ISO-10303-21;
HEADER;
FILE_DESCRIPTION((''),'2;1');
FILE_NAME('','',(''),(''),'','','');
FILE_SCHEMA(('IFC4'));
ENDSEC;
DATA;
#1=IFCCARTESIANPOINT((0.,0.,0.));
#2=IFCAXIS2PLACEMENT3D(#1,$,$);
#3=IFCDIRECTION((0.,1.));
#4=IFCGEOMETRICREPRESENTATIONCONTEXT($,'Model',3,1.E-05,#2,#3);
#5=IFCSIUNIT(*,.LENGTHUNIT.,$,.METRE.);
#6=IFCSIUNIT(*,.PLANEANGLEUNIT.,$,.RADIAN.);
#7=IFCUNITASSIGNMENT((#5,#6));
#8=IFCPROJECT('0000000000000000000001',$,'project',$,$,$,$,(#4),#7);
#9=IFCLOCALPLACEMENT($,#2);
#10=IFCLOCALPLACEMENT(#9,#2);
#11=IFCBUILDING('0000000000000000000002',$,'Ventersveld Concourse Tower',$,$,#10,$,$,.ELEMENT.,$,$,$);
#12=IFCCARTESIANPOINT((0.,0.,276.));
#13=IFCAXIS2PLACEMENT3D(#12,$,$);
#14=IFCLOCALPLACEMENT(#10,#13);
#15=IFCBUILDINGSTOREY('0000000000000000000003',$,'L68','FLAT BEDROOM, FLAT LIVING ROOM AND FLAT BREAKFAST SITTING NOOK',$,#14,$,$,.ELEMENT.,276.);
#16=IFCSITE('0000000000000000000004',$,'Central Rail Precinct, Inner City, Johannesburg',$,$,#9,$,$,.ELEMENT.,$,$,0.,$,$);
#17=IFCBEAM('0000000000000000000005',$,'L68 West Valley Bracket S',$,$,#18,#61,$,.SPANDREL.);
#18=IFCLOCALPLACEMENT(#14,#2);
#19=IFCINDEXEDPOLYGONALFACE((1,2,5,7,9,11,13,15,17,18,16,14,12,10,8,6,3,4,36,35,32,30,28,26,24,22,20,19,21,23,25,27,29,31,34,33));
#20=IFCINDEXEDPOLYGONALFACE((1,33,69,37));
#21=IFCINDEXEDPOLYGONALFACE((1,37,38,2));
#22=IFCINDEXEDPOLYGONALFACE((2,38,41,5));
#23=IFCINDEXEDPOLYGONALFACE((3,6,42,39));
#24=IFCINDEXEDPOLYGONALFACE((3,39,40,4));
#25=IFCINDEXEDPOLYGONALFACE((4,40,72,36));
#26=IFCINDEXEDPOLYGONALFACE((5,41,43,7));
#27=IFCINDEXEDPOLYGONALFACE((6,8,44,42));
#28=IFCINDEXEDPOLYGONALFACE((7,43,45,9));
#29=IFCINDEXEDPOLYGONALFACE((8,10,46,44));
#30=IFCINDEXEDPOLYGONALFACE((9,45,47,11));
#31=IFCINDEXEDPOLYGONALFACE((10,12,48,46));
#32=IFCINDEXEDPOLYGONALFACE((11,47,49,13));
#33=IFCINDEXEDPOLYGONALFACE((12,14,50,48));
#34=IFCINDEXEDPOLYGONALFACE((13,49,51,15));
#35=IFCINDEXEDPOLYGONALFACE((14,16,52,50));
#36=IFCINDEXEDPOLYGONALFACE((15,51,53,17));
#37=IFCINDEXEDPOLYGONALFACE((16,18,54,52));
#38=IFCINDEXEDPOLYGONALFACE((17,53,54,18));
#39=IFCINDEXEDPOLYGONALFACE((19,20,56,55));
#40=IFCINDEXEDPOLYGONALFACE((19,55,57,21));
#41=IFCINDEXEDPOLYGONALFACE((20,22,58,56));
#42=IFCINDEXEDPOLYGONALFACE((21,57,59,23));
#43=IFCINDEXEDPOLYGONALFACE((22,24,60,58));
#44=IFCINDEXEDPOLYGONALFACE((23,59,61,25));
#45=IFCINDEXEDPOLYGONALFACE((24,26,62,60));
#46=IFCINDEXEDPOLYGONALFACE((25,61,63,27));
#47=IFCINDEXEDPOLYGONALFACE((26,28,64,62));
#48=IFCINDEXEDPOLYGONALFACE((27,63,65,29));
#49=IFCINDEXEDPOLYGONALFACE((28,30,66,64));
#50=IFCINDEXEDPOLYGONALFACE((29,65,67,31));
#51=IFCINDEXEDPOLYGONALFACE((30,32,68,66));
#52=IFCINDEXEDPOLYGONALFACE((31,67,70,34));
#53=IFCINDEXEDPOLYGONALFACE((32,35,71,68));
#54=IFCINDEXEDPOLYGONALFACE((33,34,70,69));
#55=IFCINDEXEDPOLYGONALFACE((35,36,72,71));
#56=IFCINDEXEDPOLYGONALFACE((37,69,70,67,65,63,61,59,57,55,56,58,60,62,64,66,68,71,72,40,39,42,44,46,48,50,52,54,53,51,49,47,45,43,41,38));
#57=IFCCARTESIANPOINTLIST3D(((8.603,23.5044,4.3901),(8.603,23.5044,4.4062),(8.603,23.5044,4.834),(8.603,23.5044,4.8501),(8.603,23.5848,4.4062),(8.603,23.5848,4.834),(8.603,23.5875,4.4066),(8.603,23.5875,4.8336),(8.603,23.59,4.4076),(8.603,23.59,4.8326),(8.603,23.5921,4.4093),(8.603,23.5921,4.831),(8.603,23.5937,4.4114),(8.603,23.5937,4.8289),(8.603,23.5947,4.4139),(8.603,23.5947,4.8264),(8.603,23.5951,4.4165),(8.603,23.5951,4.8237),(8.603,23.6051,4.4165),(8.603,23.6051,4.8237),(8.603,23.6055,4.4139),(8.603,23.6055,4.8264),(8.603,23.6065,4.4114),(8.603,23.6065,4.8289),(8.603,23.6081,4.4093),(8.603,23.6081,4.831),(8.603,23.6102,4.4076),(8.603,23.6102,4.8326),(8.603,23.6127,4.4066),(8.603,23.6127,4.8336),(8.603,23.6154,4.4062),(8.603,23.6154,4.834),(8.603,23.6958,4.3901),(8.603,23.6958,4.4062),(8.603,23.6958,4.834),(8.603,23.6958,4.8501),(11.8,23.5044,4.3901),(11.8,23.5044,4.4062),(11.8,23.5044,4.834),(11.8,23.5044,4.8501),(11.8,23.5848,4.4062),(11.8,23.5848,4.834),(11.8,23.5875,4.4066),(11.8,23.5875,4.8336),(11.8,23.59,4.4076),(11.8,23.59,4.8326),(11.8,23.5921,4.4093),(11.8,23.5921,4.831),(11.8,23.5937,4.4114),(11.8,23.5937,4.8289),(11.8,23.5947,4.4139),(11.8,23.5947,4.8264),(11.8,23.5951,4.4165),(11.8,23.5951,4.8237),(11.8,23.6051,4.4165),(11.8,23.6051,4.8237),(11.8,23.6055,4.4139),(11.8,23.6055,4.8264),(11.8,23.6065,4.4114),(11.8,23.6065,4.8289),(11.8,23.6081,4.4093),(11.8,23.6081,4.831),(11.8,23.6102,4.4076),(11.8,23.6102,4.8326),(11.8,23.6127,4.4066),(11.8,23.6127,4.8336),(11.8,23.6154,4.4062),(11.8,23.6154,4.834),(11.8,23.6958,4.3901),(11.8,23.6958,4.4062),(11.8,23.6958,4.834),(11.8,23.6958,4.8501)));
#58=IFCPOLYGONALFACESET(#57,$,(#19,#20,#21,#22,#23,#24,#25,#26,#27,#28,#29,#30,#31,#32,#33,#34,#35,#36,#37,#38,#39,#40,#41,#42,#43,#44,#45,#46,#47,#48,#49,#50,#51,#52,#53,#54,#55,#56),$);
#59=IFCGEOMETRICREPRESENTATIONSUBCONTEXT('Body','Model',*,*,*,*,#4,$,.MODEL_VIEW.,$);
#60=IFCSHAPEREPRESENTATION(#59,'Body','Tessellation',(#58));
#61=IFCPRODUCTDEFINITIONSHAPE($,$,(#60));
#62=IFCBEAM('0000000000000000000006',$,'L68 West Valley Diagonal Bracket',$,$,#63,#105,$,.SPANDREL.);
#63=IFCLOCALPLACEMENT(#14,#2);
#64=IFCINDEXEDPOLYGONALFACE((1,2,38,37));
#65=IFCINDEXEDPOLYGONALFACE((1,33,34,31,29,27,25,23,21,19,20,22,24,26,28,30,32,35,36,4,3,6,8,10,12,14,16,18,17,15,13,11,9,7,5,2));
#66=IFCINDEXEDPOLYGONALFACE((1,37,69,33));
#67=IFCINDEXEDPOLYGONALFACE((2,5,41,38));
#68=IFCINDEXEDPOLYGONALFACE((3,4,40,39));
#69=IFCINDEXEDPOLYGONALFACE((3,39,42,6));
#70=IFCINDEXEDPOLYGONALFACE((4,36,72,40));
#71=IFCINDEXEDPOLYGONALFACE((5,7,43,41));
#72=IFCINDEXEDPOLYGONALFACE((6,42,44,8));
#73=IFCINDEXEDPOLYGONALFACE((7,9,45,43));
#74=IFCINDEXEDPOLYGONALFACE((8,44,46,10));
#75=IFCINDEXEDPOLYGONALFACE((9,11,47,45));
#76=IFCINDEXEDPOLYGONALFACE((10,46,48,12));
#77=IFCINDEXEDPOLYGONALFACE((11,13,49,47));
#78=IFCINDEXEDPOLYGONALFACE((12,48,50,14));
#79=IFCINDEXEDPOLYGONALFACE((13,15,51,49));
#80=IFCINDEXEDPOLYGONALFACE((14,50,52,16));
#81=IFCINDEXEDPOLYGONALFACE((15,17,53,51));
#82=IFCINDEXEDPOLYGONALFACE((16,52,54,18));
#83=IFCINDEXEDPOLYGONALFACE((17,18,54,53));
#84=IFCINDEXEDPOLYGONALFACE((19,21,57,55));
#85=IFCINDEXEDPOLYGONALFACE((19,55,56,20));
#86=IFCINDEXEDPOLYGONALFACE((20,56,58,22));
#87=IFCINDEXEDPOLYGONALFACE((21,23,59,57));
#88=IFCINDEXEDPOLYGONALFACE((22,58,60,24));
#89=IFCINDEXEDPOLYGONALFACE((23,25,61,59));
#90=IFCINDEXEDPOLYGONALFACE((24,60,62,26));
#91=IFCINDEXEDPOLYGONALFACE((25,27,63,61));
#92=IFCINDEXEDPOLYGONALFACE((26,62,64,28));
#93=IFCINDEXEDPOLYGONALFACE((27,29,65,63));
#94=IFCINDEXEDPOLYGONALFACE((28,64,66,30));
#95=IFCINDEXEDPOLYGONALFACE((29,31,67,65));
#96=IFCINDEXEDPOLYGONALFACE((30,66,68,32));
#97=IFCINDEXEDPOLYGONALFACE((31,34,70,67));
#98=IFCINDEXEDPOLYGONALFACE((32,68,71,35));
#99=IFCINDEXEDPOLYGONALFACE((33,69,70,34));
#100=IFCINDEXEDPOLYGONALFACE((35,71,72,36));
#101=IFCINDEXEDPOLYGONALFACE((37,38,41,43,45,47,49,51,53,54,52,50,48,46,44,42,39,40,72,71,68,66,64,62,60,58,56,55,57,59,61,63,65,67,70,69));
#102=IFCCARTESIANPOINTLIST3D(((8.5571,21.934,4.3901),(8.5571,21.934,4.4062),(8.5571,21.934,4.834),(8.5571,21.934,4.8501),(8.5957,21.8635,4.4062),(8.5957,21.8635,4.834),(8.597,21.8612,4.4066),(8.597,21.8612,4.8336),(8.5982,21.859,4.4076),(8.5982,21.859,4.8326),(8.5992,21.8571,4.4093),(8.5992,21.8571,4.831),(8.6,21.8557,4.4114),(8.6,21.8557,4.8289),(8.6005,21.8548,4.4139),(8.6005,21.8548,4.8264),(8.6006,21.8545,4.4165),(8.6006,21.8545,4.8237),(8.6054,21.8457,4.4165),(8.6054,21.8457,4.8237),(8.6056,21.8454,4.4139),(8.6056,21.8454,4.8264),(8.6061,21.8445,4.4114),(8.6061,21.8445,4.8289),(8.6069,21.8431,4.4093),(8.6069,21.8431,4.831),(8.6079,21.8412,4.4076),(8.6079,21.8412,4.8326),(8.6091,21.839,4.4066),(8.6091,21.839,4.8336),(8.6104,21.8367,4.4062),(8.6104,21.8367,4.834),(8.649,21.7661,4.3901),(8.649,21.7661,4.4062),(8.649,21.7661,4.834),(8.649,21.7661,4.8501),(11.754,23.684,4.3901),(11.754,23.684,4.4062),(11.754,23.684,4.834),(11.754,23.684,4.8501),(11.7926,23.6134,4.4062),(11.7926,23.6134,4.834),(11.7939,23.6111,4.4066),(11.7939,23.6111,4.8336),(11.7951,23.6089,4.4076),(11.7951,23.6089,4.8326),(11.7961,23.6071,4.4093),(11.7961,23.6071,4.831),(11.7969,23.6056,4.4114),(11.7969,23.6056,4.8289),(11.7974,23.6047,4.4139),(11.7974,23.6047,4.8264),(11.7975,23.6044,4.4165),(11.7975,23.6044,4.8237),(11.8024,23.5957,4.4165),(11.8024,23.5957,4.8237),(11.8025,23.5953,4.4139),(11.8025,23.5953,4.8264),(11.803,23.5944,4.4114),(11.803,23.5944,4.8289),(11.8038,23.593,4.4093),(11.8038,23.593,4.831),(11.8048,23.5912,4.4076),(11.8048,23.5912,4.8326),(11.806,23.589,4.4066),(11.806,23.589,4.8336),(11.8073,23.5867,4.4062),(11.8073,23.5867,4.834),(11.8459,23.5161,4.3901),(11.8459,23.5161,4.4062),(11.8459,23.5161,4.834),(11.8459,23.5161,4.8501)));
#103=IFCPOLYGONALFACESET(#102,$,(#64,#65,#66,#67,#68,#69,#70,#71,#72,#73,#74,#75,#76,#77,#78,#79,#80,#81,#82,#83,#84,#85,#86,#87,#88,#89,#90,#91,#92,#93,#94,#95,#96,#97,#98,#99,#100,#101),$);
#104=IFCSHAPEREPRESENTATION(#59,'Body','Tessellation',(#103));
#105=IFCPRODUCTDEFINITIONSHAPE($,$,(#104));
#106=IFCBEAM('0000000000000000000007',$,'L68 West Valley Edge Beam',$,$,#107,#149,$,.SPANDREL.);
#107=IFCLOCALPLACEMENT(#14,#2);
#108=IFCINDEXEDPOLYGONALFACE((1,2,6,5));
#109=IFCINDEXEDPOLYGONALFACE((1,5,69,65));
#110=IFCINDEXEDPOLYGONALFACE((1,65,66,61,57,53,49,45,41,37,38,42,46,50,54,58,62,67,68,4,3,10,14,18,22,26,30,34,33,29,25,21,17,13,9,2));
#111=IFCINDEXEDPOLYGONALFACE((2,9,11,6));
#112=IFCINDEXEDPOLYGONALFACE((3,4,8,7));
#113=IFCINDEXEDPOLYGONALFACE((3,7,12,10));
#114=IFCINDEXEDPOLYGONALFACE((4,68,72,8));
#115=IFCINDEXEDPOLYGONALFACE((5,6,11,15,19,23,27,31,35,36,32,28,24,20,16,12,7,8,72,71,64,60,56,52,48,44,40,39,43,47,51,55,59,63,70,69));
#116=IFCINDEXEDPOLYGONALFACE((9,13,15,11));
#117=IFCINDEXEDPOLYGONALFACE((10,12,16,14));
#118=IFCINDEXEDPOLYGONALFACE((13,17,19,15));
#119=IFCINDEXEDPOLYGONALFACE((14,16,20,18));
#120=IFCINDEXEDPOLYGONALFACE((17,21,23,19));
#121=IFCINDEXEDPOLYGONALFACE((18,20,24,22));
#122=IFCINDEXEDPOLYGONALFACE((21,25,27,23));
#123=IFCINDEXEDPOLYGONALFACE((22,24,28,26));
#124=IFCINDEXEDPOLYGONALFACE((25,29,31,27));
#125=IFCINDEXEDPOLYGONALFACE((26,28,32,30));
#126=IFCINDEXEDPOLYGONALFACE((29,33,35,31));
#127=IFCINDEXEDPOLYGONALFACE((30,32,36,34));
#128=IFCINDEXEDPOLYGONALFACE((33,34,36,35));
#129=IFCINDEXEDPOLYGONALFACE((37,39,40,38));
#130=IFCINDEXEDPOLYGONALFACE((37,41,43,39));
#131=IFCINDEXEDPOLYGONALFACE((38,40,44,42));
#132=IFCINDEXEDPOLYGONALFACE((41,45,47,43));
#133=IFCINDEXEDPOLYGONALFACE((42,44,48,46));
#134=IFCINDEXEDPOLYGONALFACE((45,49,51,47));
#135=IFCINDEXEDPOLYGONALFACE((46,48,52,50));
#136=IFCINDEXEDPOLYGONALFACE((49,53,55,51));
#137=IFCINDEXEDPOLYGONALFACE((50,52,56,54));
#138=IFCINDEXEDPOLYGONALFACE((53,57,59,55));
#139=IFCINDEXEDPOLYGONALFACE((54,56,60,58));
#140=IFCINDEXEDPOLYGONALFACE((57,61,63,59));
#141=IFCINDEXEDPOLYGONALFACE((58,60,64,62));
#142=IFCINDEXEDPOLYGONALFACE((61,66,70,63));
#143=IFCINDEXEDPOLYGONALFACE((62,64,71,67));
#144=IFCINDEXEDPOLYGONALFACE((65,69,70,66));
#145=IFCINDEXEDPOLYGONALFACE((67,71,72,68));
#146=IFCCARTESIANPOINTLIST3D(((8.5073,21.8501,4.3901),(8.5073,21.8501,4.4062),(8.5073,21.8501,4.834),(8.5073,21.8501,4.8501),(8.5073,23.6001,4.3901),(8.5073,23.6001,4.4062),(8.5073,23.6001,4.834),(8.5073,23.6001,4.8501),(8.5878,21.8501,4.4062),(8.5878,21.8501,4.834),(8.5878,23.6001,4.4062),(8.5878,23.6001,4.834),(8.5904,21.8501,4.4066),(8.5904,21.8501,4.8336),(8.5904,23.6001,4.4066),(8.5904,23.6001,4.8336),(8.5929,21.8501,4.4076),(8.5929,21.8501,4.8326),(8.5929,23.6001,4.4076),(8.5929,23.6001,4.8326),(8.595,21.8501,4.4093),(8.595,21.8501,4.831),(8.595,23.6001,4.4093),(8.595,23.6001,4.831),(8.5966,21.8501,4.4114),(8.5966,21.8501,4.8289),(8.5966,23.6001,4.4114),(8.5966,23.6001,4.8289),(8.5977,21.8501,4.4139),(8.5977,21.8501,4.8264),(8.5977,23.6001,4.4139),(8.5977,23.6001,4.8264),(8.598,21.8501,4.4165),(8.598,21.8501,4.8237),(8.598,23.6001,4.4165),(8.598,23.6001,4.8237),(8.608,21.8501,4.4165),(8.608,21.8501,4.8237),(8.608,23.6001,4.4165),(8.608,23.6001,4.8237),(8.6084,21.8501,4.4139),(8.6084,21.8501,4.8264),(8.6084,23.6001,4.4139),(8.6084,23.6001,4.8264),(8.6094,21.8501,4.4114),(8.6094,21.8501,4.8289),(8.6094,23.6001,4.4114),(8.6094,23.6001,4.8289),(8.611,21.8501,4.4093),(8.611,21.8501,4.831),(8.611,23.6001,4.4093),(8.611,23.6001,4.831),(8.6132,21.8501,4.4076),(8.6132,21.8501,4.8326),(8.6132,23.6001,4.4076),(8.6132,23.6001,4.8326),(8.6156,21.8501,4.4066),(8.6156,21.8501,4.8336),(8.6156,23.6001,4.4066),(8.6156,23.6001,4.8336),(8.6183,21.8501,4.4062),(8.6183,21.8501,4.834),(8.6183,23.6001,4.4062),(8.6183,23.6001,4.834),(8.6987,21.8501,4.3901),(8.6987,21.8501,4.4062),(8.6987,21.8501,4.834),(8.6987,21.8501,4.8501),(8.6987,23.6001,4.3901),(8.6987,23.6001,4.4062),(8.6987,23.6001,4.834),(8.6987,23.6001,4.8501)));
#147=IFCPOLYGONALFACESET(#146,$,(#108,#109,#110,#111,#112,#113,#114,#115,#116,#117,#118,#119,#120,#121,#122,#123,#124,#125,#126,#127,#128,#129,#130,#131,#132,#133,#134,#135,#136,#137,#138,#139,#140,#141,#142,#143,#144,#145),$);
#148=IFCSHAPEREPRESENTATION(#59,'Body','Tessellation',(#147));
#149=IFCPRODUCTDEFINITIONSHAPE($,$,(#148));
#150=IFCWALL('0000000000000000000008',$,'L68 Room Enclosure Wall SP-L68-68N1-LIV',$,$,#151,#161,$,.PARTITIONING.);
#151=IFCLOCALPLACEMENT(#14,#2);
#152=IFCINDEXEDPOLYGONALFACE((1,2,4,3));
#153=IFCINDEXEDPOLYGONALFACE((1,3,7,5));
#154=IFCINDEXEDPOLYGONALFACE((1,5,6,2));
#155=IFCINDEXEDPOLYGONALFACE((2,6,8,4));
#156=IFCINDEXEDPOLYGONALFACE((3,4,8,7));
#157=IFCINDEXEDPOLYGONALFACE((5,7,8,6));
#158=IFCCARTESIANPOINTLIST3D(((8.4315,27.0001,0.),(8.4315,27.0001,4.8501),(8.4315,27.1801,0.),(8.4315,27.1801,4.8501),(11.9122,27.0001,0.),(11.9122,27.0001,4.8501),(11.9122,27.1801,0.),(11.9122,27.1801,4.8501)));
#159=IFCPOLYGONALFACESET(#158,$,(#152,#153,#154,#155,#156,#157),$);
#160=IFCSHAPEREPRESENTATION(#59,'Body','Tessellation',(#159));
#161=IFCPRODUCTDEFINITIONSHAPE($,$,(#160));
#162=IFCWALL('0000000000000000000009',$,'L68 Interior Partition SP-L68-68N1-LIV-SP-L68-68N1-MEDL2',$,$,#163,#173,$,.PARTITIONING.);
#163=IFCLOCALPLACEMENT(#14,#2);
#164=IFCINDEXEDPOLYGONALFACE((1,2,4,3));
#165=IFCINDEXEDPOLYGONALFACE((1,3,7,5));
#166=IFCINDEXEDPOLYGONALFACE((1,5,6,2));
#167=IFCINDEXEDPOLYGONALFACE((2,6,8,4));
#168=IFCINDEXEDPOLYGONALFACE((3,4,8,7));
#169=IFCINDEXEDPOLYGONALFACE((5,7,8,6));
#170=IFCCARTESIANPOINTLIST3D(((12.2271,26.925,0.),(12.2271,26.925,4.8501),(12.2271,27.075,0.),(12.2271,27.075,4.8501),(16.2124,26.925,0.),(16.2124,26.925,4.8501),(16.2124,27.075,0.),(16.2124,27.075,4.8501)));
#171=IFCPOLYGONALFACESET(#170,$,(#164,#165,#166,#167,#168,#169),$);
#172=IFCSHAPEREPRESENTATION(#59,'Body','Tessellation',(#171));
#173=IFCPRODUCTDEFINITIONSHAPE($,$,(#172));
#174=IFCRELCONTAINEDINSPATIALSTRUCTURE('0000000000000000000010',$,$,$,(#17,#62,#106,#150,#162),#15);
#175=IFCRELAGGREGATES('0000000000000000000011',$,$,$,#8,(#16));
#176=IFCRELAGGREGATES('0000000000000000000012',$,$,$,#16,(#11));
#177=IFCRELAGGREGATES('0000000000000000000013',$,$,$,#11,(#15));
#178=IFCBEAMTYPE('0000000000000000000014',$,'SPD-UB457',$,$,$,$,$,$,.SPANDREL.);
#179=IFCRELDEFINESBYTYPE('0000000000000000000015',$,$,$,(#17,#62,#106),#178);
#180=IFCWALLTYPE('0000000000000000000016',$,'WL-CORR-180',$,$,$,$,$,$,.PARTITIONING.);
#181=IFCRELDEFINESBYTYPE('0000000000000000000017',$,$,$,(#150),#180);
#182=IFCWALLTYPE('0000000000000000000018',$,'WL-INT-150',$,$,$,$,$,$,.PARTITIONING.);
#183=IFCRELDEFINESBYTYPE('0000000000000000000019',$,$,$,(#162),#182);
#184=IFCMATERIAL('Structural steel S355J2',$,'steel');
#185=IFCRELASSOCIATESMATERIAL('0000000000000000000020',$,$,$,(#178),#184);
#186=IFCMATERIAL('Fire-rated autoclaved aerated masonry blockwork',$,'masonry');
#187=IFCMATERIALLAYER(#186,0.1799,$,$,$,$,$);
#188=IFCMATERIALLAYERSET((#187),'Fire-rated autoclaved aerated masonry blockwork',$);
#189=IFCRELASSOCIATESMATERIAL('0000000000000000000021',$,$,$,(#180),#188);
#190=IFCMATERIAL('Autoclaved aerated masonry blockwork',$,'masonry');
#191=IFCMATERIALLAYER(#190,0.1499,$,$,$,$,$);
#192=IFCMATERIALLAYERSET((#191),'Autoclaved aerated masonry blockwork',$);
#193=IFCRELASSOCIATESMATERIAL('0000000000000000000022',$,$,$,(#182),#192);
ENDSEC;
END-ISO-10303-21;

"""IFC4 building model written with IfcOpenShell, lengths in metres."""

from ifc_helpers import new_model, si_unit, direction, frame, frame_2d, origin, origin_2d, place, context, subcontext, project, spatial, rectangle, i_section, extrude, material, layer, layer_set, material_profile, profile_set, type_object, element, save


model = new_model("IFC4")

# Units and contexts
model_context = context("Model", 3, precision=1e-05, world=origin(), true_north=direction((0.0, 1.0)))
body_context = subcontext(model_context, "Body", "Model", "MODEL_VIEW")
ifc_project = project(units=[si_unit("LENGTHUNIT", "METRE"), si_unit("PLANEANGLEUNIT", "RADIAN")], contexts=[model_context])

# Site, building, storey
site_placement = place(None, origin())
site = spatial("IfcSite", under=ifc_project, at=site_placement, Name="Central Rail Precinct, Inner City, Johannesburg", CompositionType="ELEMENT", RefElevation=0.0)
building_placement = place(site_placement, origin())
building = spatial("IfcBuilding", under=site, at=building_placement, Name="Ventersveld Concourse Tower", CompositionType="ELEMENT")
storey_placement = place(building_placement, frame((0.0, 0.0, 276.0)))
storey = spatial("IfcBuildingStorey", under=building, at=storey_placement, Name="L68", Description="FLAT BEDROOM, FLAT LIVING ROOM AND FLAT BREAKFAST SITTING NOOK", CompositionType="ELEMENT", Elevation=276.0)

# Beams
ifc_material_1 = material(Name="Structural steel S355J2", Category="steel")
ifc_material_profile_1 = material_profile(ifc_material_1, i_section(OverallWidth=0.1914, OverallDepth=0.46, WebThickness=0.01, FlangeThickness=0.0161, FilletRadius=0.0103, at=origin_2d()), Name="UB 457x191x82")
ifc_profile_set_1 = profile_set([ifc_material_profile_1], Name="Structural steel S355J2")
beam_type_1 = type_object("IfcBeamType", Name="SPD-UB457", PredefinedType="SPANDREL", material=ifc_profile_set_1)
beam_1_placement = place(storey_placement, frame((8.603, 23.6001, 4.6201), z_axis=(1.0, 0.0, 0.0), x_axis=(0.0, 1.0, 0.0)))
element("IfcBeam", 1, at=beam_1_placement, inside=storey, type_object=beam_type_1, Name="L68 West Valley Bracket S", PredefinedType="SPANDREL", context=body_context, shape_type="SweptSolid", body=[
    extrude(i_section(OverallWidth=0.1914, OverallDepth=0.46, WebThickness=0.01, FlangeThickness=0.0161, FilletRadius=0.0103, at=origin_2d()), origin(), (0.0, 0.0, 1.0), 3.197),
])
beam_2_placement = place(storey_placement, frame((8.603, 21.8501, 4.6201), z_axis=(0.877183, 0.480156, 0.0), x_axis=(-0.480156, 0.877183, 0.0)))
element("IfcBeam", 2, at=beam_2_placement, inside=storey, type_object=beam_type_1, Name="L68 West Valley Diagonal Bracket", PredefinedType="SPANDREL", context=body_context, shape_type="SweptSolid", body=[
    extrude(i_section(OverallWidth=0.1914, OverallDepth=0.46, WebThickness=0.01, FlangeThickness=0.0161, FilletRadius=0.0103, at=origin_2d()), origin(), (0.0, 0.0, 1.0), 3.6445),
])
beam_3_placement = place(storey_placement, frame((8.603, 21.8501, 4.6201), z_axis=(0.0, 1.0, 0.0), x_axis=(-1.0, 0.0, 0.0)))
element("IfcBeam", 3, at=beam_3_placement, inside=storey, type_object=beam_type_1, Name="L68 West Valley Edge Beam", PredefinedType="SPANDREL", context=body_context, shape_type="SweptSolid", body=[
    extrude(i_section(OverallWidth=0.1914, OverallDepth=0.46, WebThickness=0.01, FlangeThickness=0.0161, FilletRadius=0.0103, at=origin_2d()), origin(), (0.0, 0.0, 1.0), 1.75),
])

# Walls
ifc_material_2 = material(Name="Fire-rated autoclaved aerated masonry blockwork", Category="masonry")
ifc_layer_1 = layer(ifc_material_2, 0.1799)
ifc_layer_set_1 = layer_set([ifc_layer_1], Name="Fire-rated autoclaved aerated masonry blockwork")
wall_type_1 = type_object("IfcWallType", Name="WL-CORR-180", PredefinedType="PARTITIONING", material=ifc_layer_set_1)
wall_1_placement = place(storey_placement, frame((11.9121, 27.0901, 0.0), z_axis=(0.0, 0.0, 1.0), x_axis=(-1.0, 0.0, 0.0)))
element("IfcWall", 4, at=wall_1_placement, inside=storey, type_object=wall_type_1, Name="L68 Room Enclosure Wall SP-L68-68N1-LIV", PredefinedType="PARTITIONING", context=body_context, shape_type="SweptSolid", body=[
    extrude(rectangle(XDim=3.4807, YDim=0.1799, at=frame_2d((1.7402, 0.0))), origin(), (0.0, 0.0, 1.0), 4.8501),
])
ifc_material_3 = material(Name="Autoclaved aerated masonry blockwork", Category="masonry")
ifc_layer_2 = layer(ifc_material_3, 0.1499)
ifc_layer_set_2 = layer_set([ifc_layer_2], Name="Autoclaved aerated masonry blockwork")
wall_type_2 = type_object("IfcWallType", Name="WL-INT-150", PredefinedType="PARTITIONING", material=ifc_layer_set_2)
wall_2_placement = place(storey_placement, frame((12.2271, 27.0, 0.0), z_axis=(0.0, 0.0, 1.0), x_axis=(1.0, 0.0, 0.0)))
element("IfcWall", 5, at=wall_2_placement, inside=storey, type_object=wall_type_2, Name="L68 Interior Partition SP-L68-68N1-LIV-SP-L68-68N1-MEDL2", PredefinedType="PARTITIONING", context=body_context, shape_type="SweptSolid", body=[
    extrude(rectangle(XDim=3.9854, YDim=0.1499, at=frame_2d((1.9927, 0.0))), origin(), (0.0, 0.0, 1.0), 4.8501),
])

save(model, "model.ifc")
